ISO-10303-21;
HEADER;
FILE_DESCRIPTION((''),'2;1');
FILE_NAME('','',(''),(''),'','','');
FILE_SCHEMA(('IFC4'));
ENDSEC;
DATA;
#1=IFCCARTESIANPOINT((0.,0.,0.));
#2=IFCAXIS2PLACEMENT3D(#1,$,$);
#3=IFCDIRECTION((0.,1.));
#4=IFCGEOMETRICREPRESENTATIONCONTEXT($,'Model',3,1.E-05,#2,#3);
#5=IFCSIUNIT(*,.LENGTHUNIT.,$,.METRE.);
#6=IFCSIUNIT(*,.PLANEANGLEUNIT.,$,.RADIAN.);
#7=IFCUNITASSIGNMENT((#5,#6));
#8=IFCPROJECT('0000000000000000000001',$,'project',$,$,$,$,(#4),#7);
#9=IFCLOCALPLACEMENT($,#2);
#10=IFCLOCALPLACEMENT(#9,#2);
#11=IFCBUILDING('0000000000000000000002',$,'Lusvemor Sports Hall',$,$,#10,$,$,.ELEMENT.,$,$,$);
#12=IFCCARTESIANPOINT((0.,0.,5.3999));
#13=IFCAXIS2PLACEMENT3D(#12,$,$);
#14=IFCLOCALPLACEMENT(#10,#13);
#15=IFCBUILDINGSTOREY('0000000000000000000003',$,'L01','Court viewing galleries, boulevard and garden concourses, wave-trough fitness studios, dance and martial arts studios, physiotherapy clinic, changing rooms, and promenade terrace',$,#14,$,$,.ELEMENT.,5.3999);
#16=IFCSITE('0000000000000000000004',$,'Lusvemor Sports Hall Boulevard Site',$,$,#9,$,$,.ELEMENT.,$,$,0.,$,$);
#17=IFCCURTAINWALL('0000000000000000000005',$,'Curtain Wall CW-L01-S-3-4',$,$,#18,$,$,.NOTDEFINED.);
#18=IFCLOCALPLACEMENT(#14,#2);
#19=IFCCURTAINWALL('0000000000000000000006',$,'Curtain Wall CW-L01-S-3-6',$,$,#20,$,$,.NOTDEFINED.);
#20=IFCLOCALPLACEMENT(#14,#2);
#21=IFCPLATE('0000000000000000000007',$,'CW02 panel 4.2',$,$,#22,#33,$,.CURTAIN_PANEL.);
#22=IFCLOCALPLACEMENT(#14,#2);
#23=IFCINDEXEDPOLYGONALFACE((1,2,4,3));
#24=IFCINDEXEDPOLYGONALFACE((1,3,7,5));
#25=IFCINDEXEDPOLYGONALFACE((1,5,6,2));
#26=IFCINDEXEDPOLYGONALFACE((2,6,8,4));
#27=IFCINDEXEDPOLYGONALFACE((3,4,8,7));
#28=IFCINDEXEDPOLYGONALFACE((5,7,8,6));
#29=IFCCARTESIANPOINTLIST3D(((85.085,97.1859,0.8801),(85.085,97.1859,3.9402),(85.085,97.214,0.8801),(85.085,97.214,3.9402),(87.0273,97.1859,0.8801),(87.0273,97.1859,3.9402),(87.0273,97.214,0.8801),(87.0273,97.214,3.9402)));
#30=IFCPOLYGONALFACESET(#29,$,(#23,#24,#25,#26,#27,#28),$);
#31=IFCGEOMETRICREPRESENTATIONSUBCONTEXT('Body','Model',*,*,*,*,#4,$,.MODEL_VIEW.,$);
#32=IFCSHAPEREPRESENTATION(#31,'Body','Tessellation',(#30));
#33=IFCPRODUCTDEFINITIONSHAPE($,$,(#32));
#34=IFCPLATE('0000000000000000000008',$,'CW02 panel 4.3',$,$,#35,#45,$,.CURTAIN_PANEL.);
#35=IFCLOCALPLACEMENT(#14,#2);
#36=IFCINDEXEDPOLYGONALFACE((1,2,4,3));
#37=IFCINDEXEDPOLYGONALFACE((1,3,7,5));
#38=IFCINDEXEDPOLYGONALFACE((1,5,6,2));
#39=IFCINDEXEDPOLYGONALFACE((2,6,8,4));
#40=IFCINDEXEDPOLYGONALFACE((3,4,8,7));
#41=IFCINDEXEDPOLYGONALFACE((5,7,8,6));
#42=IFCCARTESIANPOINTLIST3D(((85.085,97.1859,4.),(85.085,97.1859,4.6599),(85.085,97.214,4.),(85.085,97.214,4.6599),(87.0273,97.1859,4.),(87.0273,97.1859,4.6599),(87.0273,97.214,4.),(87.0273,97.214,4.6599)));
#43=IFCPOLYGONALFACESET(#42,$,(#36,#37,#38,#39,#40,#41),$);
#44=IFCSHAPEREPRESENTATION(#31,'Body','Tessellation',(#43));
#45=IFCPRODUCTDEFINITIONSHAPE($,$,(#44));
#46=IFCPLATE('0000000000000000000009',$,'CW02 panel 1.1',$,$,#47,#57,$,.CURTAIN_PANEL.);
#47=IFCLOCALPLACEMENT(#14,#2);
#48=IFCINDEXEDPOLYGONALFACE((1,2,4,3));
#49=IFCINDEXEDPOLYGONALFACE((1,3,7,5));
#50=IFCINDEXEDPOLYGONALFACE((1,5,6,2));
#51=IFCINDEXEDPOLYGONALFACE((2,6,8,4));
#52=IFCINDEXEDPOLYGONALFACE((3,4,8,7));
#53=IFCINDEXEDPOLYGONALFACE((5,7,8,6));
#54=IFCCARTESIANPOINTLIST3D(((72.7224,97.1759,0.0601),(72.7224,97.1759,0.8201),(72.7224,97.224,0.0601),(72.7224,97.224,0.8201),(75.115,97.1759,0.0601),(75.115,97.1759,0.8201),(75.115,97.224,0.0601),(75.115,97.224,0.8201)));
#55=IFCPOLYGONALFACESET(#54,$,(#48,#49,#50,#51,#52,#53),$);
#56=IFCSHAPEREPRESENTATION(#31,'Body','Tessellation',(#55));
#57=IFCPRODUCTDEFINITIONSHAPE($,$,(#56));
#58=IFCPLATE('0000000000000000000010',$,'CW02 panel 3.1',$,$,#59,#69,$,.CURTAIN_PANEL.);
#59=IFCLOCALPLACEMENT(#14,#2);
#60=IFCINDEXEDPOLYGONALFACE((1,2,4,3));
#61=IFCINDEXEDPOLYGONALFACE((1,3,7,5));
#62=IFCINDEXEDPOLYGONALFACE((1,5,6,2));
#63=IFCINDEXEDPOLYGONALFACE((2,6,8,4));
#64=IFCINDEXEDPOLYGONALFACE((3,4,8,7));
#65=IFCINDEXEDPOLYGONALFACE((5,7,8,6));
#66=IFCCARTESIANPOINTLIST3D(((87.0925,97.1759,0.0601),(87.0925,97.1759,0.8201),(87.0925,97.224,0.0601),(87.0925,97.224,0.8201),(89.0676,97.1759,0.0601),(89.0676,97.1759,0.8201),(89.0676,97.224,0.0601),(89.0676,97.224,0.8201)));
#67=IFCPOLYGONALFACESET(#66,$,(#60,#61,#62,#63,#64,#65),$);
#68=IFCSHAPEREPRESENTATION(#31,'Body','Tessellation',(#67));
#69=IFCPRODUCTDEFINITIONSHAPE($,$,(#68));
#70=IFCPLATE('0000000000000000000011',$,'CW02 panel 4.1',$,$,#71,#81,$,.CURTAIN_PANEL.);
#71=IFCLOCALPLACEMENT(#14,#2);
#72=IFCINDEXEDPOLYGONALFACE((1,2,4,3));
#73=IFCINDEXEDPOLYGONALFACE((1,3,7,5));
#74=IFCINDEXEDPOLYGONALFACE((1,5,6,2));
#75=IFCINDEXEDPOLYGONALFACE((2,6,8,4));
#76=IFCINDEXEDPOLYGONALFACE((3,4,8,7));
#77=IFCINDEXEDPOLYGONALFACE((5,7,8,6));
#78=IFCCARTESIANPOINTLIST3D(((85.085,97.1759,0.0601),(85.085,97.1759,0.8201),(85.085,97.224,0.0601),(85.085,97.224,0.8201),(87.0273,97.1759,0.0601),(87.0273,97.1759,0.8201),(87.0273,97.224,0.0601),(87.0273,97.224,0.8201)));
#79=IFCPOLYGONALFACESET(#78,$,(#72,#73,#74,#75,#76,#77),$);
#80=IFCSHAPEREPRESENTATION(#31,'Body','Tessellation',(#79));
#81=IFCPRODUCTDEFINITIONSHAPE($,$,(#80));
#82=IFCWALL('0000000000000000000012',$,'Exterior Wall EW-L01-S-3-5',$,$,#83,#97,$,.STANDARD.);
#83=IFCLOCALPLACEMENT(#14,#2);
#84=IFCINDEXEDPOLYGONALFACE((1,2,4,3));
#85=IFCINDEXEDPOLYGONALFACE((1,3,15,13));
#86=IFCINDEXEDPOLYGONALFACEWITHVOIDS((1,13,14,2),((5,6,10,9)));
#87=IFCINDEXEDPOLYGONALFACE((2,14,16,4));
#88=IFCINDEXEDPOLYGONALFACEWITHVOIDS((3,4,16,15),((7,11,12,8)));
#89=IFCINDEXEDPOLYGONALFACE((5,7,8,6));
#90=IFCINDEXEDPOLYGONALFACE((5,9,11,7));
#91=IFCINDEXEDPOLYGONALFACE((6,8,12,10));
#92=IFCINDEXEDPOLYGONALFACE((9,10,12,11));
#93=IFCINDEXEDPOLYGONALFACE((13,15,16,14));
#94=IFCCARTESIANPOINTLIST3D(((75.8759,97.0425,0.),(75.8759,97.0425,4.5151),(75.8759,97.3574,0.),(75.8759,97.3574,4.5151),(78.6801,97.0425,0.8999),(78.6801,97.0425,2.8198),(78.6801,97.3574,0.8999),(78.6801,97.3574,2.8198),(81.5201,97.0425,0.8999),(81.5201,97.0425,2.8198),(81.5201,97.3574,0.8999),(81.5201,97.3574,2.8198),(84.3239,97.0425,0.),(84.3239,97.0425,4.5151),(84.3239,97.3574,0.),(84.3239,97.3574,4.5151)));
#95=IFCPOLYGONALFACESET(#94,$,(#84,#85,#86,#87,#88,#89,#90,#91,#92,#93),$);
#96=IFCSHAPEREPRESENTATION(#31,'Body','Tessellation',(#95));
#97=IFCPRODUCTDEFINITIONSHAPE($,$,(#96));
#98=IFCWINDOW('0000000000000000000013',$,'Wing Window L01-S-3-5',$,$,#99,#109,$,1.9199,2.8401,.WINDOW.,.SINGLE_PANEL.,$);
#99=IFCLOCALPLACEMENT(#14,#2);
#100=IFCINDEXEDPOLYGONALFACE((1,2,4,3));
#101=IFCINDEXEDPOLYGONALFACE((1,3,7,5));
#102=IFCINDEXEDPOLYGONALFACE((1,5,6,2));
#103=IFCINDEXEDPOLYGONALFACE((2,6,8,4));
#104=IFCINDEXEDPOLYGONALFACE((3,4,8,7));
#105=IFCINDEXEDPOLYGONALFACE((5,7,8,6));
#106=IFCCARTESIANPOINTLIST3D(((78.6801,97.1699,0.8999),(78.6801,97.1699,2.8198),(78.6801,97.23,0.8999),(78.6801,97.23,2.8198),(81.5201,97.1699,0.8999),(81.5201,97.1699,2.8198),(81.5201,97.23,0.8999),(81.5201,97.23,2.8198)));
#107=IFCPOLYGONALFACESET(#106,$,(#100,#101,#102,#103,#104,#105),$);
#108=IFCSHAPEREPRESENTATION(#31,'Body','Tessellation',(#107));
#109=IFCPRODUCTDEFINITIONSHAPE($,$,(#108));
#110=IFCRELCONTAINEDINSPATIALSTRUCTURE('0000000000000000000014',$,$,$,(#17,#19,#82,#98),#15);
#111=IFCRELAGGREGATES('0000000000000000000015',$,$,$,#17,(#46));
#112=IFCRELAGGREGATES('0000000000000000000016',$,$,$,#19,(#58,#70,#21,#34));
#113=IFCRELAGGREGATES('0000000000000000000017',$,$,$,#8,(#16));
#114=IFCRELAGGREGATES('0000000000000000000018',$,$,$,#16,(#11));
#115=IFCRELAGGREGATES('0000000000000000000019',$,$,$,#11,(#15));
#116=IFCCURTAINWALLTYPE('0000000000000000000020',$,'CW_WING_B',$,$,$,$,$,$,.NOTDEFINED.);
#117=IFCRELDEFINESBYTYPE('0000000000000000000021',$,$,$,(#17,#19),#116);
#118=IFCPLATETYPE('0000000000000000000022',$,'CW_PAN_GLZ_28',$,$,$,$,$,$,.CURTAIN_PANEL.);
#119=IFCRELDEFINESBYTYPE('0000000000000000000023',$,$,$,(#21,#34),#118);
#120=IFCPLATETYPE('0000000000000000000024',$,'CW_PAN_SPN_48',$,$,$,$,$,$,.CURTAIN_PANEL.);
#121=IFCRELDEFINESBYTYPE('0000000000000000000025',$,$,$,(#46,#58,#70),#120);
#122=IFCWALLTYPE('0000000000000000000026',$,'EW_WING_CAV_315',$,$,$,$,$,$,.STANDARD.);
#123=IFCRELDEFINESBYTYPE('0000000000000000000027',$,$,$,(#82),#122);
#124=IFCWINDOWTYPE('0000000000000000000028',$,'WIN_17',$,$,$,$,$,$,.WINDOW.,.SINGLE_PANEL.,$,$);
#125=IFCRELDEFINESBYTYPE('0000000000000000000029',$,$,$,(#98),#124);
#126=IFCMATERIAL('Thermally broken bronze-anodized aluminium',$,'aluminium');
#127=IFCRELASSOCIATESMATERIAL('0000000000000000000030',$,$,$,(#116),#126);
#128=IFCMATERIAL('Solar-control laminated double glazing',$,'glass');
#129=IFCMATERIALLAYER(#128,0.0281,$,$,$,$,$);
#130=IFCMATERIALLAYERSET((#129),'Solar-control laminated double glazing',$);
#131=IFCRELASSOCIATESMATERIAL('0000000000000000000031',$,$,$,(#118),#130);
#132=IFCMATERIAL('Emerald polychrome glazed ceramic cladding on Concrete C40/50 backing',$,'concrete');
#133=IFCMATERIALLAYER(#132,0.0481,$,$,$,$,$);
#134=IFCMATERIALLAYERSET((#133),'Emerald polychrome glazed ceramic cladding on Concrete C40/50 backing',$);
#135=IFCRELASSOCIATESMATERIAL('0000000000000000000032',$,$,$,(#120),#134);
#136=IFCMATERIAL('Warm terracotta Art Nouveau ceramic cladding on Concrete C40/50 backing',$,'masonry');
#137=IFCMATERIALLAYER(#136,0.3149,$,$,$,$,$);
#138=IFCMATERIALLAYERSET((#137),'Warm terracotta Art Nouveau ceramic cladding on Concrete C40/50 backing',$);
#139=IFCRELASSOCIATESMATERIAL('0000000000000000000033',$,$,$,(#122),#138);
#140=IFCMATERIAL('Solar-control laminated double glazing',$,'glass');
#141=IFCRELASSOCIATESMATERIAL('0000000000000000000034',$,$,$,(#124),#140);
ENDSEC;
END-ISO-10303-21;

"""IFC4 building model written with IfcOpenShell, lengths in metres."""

from ifc_helpers import new_model, si_unit, direction, frame, frame_2d, origin, origin_2d, place, context, subcontext, project, spatial, rectangle, extrude, material, layer, layer_set, type_object, element, fill, aggregate, save


model = new_model("IFC4")

# Units and contexts
model_context = context("Model", 3, precision=1e-05, world=origin(), true_north=direction((0.0, 1.0)))
body_context = subcontext(model_context, "Body", "Model", "MODEL_VIEW")
ifc_project = project(units=[si_unit("LENGTHUNIT", "METRE"), si_unit("PLANEANGLEUNIT", "RADIAN")], contexts=[model_context])

# Site, building, storey
site_placement = place(None, origin())
site = spatial("IfcSite", under=ifc_project, at=site_placement, Name="Lusvemor Sports Hall Boulevard Site", CompositionType="ELEMENT", RefElevation=0.0)
building_placement = place(site_placement, origin())
building = spatial("IfcBuilding", under=site, at=building_placement, Name="Lusvemor Sports Hall", CompositionType="ELEMENT")
storey_placement = place(building_placement, frame((0.0, 0.0, 5.3999)))
storey = spatial("IfcBuildingStorey", under=building, at=storey_placement, Name="L01", Description="Court viewing galleries, boulevard and garden concourses, wave-trough fitness studios, dance and martial arts studios, physiotherapy clinic, changing rooms, and promenade terrace", CompositionType="ELEMENT", Elevation=5.3999)

# Curtain walls
ifc_material_1 = material(Name="Thermally broken bronze-anodized aluminium", Category="aluminium")
curtain_wall_type = type_object("IfcCurtainWallType", Name="CW_WING_B", PredefinedType="NOTDEFINED", material=ifc_material_1)
curtain_wall_1_placement = place(storey_placement, origin())
curtain_wall_1 = element("IfcCurtainWall", 1, at=curtain_wall_1_placement, inside=storey, type_object=curtain_wall_type, Name="Curtain Wall CW-L01-S-3-4", PredefinedType="NOTDEFINED")
curtain_wall_2_placement = place(storey_placement, origin())
curtain_wall_2 = element("IfcCurtainWall", 2, at=curtain_wall_2_placement, inside=storey, type_object=curtain_wall_type, Name="Curtain Wall CW-L01-S-3-6", PredefinedType="NOTDEFINED")

# Plates
ifc_material_2 = material(Name="Solar-control laminated double glazing", Category="glass")
ifc_layer_1 = layer(ifc_material_2, 0.0281)
ifc_layer_set_1 = layer_set([ifc_layer_1], Name="Solar-control laminated double glazing")
plate_type_1 = type_object("IfcPlateType", Name="CW_PAN_GLZ_28", PredefinedType="CURTAIN_PANEL", material=ifc_layer_set_1)
plate_1_placement = place(storey_placement, frame((86.0562, 97.2, 0.8801), z_axis=(0.0, 0.0, 1.0), x_axis=(-1.0, 0.0, 0.0)))
plate_1 = element("IfcPlate", 3, at=plate_1_placement, type_object=plate_type_1, Name="CW02 panel 4.2", PredefinedType="CURTAIN_PANEL", context=body_context, shape_type="SweptSolid", body=[
    extrude(rectangle(XDim=1.9424, YDim=0.0281, at=origin_2d()), origin(), (0.0, 0.0, 1.0), 3.0601),
])
plate_2_placement = place(storey_placement, frame((86.0562, 97.2, 4.0), z_axis=(0.0, 0.0, 1.0), x_axis=(-1.0, 0.0, 0.0)))
plate_2 = element("IfcPlate", 4, at=plate_2_placement, type_object=plate_type_1, Name="CW02 panel 4.3", PredefinedType="CURTAIN_PANEL", context=body_context, shape_type="SweptSolid", body=[
    extrude(rectangle(XDim=1.9424, YDim=0.0281, at=origin_2d()), origin(), (0.0, 0.0, 1.0), 0.6599),
])
ifc_material_3 = material(Name="Emerald polychrome glazed ceramic cladding on Concrete C40/50 backing", Category="concrete")
ifc_layer_2 = layer(ifc_material_3, 0.0481)
ifc_layer_set_2 = layer_set([ifc_layer_2], Name="Emerald polychrome glazed ceramic cladding on Concrete C40/50 backing")
plate_type_2 = type_object("IfcPlateType", Name="CW_PAN_SPN_48", PredefinedType="CURTAIN_PANEL", material=ifc_layer_set_2)
plate_3_placement = place(storey_placement, frame((73.9187, 97.2, 0.0601), z_axis=(0.0, 0.0, 1.0), x_axis=(-1.0, 0.0, 0.0)))
plate_3 = element("IfcPlate", 5, at=plate_3_placement, type_object=plate_type_2, Name="CW02 panel 1.1", PredefinedType="CURTAIN_PANEL", context=body_context, shape_type="SweptSolid", body=[
    extrude(rectangle(XDim=2.3926, YDim=0.0481, at=origin_2d()), origin(), (0.0, 0.0, 1.0), 0.76),
])
aggregate(curtain_wall_1, [plate_3])
plate_4_placement = place(storey_placement, frame((88.0801, 97.2, 0.0601), z_axis=(0.0, 0.0, 1.0), x_axis=(-1.0, 0.0, 0.0)))
plate_4 = element("IfcPlate", 6, at=plate_4_placement, type_object=plate_type_2, Name="CW02 panel 3.1", PredefinedType="CURTAIN_PANEL", context=body_context, shape_type="SweptSolid", body=[
    extrude(rectangle(XDim=1.9751, YDim=0.0481, at=origin_2d()), origin(), (0.0, 0.0, 1.0), 0.76),
])
plate_5_placement = place(storey_placement, frame((86.0562, 97.2, 0.0601), z_axis=(0.0, 0.0, 1.0), x_axis=(-1.0, 0.0, 0.0)))
plate_5 = element("IfcPlate", 7, at=plate_5_placement, type_object=plate_type_2, Name="CW02 panel 4.1", PredefinedType="CURTAIN_PANEL", context=body_context, shape_type="SweptSolid", body=[
    extrude(rectangle(XDim=1.9424, YDim=0.0481, at=origin_2d()), origin(), (0.0, 0.0, 1.0), 0.76),
])
aggregate(curtain_wall_2, [plate_4, plate_5, plate_1, plate_2])

# Wall, opening, window
ifc_material_4 = material(Name="Warm terracotta Art Nouveau ceramic cladding on Concrete C40/50 backing", Category="masonry")
ifc_layer_3 = layer(ifc_material_4, 0.3149)
ifc_layer_set_3 = layer_set([ifc_layer_3], Name="Warm terracotta Art Nouveau ceramic cladding on Concrete C40/50 backing")
wall_type = type_object("IfcWallType", Name="EW_WING_CAV_315", PredefinedType="STANDARD", material=ifc_layer_set_3)
wall_placement = place(storey_placement, frame((84.324, 97.2, 0.0), z_axis=(0.0, 0.0, 1.0), x_axis=(-1.0, 0.0, 0.0)))
wall = element("IfcWall", 8, at=wall_placement, inside=storey, type_object=wall_type, Name="Exterior Wall EW-L01-S-3-5", PredefinedType="STANDARD", context=body_context, shape_type="SweptSolid", body=[
    extrude(rectangle(XDim=8.448, YDim=0.3149, at=frame_2d((4.2241, 0.0))), origin(), (0.0, 0.0, 1.0), 4.5151),
])
opening_placement = place(wall_placement, frame((2.804, 0.0, 0.8999)))
opening = element("IfcOpeningElement", 9, at=opening_placement, cuts=wall, PredefinedType="OPENING", context=body_context, shape_type="SweptSolid", body=[
    extrude(rectangle(XDim=2.8401, YDim=1.9199, at=frame_2d((1.4199, 0.96))), frame((0.0, 0.1575, 0.0), z_axis=(0.0, -1.0, 0.0), x_axis=(1.0, 0.0, 0.0)), (0.0, 0.0, 1.0), 0.3149),
])
ifc_material_5 = material(Name="Solar-control laminated double glazing", Category="glass")
window_type = type_object("IfcWindowType", Name="WIN_17", PartitioningType="SINGLE_PANEL", PredefinedType="WINDOW", material=ifc_material_5)
window_placement = place(opening_placement, origin())
window = element("IfcWindow", 10, at=window_placement, inside=storey, type_object=window_type, Name="Wing Window L01-S-3-5", OverallHeight=1.9199, OverallWidth=2.8401, PartitioningType="SINGLE_PANEL", PredefinedType="WINDOW", context=body_context, shape_type="SweptSolid", body=[
    extrude(rectangle(XDim=2.8401, YDim=1.9199, at=frame_2d((1.4199, 0.96))), frame((0.0, 0.03, 0.0), z_axis=(0.0, -1.0, 0.0), x_axis=(1.0, 0.0, 0.0)), (0.0, 0.0, 1.0), 0.0601),
])
fill(opening, window)

save(model, "model.ifc")
